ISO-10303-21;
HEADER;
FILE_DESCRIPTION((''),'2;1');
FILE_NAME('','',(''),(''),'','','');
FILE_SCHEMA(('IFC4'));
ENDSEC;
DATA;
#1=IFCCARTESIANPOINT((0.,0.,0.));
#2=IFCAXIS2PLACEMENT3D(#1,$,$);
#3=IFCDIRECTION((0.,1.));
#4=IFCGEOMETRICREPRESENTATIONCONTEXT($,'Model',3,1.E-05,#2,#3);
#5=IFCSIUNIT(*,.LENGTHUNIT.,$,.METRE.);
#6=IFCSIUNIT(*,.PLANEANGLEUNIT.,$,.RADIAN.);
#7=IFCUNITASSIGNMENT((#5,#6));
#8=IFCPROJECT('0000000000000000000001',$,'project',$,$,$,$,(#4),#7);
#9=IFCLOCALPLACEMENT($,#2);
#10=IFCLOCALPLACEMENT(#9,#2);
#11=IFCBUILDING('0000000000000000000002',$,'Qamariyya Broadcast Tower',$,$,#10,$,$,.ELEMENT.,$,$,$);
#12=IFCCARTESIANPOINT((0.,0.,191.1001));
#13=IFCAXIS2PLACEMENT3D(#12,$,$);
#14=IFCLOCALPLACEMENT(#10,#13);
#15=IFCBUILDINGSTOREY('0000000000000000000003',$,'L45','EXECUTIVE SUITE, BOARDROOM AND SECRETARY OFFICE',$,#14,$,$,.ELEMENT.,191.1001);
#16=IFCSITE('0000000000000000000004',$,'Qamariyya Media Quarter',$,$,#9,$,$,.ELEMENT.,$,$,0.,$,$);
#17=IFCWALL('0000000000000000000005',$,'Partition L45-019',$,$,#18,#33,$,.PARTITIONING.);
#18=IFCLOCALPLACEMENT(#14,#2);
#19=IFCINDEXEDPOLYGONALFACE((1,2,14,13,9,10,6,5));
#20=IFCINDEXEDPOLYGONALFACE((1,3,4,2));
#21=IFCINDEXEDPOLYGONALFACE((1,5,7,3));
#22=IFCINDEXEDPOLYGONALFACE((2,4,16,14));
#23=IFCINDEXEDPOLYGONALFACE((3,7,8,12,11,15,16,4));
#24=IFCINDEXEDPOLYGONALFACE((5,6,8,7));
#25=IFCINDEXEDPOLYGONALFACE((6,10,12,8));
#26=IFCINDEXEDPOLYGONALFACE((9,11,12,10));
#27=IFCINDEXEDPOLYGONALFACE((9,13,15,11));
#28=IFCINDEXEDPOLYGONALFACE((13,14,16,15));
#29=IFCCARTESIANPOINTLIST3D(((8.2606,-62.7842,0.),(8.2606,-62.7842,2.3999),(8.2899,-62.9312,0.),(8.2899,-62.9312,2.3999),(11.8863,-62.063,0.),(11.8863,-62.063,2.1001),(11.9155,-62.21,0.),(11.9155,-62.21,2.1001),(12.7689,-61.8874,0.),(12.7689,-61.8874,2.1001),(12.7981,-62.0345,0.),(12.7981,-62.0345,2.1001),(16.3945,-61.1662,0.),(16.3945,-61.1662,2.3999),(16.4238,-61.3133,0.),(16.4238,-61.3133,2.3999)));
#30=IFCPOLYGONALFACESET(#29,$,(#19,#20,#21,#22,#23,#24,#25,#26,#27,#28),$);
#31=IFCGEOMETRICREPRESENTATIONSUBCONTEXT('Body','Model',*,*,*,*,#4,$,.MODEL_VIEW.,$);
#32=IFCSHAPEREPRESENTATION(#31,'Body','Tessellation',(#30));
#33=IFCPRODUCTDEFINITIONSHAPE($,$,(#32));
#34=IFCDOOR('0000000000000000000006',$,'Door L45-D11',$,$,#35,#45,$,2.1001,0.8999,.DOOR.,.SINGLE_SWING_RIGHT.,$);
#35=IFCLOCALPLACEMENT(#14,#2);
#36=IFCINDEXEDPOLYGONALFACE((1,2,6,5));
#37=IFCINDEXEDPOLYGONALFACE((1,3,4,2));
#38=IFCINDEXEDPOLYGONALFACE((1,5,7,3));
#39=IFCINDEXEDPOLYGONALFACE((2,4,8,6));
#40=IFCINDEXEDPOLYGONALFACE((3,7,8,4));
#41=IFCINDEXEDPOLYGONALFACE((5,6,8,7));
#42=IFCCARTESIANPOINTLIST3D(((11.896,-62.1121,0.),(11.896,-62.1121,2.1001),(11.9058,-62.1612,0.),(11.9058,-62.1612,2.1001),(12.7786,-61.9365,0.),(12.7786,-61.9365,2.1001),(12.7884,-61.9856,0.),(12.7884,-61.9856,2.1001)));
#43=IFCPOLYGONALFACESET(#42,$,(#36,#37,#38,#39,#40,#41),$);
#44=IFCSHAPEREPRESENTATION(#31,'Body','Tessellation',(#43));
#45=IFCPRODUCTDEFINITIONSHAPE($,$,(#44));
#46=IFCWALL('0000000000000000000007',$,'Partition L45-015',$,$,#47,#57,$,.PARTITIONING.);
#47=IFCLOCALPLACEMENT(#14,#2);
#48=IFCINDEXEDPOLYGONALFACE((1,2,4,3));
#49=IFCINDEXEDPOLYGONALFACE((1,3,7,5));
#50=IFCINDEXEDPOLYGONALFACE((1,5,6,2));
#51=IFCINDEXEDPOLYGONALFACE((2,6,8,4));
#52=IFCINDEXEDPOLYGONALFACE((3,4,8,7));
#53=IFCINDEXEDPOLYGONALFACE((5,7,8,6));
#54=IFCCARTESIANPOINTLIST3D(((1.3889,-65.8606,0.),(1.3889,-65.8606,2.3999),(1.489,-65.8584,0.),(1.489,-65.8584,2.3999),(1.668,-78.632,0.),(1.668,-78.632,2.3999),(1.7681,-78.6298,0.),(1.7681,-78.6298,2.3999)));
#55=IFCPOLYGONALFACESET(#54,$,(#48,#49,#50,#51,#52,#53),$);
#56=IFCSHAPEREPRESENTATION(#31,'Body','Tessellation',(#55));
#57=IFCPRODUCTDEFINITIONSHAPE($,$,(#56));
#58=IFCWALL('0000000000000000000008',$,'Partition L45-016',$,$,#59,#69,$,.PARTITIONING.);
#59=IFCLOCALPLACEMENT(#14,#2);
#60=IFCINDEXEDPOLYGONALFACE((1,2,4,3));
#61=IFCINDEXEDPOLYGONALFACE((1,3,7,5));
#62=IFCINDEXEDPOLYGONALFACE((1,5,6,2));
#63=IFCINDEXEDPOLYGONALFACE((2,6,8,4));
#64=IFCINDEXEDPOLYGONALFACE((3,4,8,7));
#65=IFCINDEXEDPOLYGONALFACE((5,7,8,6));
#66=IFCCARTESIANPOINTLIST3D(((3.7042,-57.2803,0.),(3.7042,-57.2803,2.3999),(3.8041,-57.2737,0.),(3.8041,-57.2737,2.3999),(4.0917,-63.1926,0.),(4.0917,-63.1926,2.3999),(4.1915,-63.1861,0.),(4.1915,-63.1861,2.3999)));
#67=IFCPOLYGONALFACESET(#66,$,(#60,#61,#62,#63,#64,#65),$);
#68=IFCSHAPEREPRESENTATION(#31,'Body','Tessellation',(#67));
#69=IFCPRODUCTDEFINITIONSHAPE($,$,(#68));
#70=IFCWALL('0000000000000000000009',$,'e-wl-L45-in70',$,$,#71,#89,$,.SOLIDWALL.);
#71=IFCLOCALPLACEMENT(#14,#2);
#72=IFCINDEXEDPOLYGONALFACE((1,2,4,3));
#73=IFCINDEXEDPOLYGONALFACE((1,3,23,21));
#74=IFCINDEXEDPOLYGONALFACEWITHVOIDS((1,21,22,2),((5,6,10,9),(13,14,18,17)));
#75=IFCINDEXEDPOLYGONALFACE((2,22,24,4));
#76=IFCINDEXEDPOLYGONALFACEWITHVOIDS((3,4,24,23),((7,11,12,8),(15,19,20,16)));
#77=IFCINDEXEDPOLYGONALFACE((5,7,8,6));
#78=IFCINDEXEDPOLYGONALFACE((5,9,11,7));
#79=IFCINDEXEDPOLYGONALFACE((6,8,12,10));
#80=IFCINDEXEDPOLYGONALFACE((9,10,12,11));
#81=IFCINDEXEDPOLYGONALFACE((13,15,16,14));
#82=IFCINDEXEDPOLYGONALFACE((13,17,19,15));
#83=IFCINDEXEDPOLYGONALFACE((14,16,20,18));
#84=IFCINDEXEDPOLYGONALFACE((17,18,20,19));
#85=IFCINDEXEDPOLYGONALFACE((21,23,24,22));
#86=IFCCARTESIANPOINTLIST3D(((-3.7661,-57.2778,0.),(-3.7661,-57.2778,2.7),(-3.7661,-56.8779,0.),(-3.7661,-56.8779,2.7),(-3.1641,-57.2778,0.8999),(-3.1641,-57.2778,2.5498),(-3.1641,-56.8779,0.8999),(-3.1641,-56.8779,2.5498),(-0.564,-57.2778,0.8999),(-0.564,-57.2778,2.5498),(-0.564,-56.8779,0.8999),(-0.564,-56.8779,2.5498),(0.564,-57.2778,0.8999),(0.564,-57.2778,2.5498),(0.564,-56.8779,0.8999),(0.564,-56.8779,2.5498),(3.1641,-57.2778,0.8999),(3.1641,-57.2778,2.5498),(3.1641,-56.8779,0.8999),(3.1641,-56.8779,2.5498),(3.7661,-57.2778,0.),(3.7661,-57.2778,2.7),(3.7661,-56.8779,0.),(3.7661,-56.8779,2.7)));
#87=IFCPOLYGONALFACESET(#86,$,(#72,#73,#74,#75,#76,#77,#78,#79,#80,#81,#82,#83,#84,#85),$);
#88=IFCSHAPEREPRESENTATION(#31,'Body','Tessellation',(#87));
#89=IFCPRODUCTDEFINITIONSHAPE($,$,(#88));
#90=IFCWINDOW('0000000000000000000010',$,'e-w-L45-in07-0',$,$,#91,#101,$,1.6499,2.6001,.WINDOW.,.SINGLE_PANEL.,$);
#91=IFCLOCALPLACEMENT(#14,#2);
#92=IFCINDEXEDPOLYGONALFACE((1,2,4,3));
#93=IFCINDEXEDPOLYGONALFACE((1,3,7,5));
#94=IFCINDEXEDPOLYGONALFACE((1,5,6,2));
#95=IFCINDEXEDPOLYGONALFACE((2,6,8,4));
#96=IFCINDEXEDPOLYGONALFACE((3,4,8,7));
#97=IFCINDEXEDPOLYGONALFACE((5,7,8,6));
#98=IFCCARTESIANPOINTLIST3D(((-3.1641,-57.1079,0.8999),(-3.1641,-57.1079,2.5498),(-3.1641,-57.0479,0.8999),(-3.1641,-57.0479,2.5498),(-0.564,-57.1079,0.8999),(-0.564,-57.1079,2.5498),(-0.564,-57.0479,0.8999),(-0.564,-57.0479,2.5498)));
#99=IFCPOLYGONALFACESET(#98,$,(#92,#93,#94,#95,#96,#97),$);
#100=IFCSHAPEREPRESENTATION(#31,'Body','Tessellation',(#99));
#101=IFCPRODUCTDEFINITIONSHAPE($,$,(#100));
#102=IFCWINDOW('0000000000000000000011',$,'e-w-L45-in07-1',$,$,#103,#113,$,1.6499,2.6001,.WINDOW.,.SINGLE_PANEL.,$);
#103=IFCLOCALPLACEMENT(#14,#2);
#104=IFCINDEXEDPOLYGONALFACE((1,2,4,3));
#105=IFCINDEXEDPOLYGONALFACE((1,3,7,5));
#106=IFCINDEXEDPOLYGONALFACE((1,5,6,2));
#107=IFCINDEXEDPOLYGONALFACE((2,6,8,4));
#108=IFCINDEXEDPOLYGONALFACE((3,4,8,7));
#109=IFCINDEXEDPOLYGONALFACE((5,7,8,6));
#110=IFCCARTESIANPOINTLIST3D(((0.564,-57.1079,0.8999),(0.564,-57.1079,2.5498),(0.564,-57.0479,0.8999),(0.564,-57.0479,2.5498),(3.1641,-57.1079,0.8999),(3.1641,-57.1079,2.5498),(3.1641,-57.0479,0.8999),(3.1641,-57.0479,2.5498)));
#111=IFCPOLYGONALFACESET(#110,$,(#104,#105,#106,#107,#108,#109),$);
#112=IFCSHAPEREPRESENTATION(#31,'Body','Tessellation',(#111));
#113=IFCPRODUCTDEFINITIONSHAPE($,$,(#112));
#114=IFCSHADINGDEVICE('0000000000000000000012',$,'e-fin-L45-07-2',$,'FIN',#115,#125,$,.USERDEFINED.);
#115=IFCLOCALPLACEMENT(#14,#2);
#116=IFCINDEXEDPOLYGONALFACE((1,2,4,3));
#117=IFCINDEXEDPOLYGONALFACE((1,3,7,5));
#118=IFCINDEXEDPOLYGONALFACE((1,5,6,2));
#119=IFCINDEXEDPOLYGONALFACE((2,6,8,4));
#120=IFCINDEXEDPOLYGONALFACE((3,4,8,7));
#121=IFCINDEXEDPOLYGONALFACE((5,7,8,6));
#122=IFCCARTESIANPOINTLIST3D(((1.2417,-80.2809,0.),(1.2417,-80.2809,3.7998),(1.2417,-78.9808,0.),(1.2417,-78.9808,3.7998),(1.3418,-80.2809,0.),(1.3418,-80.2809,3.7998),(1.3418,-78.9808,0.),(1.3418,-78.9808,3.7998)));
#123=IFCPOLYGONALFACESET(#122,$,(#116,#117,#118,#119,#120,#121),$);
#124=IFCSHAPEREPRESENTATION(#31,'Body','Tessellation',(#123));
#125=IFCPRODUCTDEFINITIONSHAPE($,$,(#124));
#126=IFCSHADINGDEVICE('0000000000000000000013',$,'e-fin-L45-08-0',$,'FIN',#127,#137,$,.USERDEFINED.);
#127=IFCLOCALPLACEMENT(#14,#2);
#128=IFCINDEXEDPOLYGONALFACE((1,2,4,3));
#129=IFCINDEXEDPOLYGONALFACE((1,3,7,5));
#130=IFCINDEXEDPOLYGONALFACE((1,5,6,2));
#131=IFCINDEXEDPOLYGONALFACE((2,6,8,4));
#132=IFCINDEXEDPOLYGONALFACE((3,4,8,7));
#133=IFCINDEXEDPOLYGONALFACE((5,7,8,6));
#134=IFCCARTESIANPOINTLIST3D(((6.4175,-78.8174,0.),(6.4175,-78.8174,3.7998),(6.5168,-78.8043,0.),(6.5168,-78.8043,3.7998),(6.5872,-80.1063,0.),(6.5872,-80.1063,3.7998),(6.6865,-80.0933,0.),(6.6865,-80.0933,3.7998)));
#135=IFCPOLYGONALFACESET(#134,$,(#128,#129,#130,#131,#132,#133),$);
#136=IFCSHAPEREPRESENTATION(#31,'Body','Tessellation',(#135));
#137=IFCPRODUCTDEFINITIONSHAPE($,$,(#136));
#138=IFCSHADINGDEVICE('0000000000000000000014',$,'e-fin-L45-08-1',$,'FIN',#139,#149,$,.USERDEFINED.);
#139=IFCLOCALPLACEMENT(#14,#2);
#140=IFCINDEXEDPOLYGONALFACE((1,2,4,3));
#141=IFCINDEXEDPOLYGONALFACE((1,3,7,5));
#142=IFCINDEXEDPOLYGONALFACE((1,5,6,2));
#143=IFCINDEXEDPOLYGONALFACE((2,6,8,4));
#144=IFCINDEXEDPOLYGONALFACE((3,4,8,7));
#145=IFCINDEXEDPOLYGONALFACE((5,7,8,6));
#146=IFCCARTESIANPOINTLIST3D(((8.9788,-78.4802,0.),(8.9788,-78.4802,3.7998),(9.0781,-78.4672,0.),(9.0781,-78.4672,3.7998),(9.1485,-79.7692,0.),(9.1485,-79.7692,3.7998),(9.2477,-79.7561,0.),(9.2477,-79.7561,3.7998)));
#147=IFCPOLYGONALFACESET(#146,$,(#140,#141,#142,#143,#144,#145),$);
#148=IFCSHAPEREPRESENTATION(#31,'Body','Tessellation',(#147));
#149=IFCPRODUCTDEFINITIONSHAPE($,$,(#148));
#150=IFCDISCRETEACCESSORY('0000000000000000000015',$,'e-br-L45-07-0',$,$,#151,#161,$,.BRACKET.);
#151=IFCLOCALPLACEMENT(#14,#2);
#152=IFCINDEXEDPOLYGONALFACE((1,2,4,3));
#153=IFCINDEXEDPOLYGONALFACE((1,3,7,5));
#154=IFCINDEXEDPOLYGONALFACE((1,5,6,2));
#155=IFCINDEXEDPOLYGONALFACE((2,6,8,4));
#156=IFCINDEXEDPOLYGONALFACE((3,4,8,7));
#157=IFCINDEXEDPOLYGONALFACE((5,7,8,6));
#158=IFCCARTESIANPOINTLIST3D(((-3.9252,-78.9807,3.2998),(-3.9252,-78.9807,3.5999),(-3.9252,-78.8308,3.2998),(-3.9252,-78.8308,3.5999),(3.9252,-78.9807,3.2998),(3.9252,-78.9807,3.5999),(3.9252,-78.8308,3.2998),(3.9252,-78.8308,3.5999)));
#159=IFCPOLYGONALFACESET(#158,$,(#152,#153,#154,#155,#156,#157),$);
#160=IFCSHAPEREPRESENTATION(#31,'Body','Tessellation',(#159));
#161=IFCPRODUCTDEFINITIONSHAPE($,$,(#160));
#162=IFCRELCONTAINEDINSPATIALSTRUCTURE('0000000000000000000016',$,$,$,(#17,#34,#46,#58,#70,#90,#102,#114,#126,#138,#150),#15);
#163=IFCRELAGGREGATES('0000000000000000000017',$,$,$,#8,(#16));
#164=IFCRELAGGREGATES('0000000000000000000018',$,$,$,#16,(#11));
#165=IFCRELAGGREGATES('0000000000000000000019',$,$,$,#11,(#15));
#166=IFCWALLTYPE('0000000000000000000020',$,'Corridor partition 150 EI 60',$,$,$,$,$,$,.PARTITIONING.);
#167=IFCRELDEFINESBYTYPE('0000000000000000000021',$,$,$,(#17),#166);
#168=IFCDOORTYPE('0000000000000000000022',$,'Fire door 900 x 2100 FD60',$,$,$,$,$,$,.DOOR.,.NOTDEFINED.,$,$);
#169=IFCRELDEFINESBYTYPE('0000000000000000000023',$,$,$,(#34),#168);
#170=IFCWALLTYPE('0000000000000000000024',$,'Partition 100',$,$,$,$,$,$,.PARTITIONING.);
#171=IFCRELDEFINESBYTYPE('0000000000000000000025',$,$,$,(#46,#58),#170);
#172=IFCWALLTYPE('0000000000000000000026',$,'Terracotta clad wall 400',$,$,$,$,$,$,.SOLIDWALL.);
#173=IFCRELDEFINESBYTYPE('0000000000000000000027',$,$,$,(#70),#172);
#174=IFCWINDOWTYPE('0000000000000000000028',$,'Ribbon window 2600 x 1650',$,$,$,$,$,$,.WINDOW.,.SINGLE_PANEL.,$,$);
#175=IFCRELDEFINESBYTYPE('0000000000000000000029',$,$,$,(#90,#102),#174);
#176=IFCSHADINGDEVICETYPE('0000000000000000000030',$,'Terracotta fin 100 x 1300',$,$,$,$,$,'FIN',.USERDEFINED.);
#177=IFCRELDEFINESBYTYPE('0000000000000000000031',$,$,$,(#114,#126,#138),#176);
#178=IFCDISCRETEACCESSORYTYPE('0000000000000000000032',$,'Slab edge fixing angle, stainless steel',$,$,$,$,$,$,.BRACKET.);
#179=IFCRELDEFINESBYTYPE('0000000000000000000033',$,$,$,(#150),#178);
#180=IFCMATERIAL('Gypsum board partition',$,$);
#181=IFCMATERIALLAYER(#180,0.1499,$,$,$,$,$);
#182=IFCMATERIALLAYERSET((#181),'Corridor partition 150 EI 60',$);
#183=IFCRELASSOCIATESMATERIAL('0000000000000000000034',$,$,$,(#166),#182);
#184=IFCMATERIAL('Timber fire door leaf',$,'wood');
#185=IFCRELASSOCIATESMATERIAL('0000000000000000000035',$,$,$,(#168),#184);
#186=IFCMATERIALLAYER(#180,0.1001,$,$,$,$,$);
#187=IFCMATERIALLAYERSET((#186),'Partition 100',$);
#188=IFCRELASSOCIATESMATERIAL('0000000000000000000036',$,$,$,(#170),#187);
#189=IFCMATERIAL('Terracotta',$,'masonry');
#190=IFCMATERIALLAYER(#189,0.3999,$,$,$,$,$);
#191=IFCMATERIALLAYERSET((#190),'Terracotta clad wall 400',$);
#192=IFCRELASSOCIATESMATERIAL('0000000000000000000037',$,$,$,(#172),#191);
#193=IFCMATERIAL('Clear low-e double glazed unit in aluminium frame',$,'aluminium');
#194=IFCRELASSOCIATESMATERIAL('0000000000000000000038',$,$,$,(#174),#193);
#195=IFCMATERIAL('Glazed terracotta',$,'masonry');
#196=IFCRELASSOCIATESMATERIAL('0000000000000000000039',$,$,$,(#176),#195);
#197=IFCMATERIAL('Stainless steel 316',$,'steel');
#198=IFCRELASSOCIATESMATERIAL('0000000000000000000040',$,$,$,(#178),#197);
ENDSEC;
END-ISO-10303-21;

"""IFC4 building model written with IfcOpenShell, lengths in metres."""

from ifc_helpers import new_model, si_unit, direction, frame, frame_2d, origin, origin_2d, place, context, subcontext, project, spatial, rectangle, extrude, material, layer, layer_set, material_profile, profile_set, type_object, element, fill, save


model = new_model("IFC4")

# Units and contexts
model_context = context("Model", 3, precision=1e-05, world=origin(), true_north=direction((0.0, 1.0)))
body_context = subcontext(model_context, "Body", "Model", "MODEL_VIEW")
ifc_project = project(units=[si_unit("LENGTHUNIT", "METRE"), si_unit("PLANEANGLEUNIT", "RADIAN")], contexts=[model_context])

# Site, building, storey
site_placement = place(None, origin())
site = spatial("IfcSite", under=ifc_project, at=site_placement, Name="Qamariyya Media Quarter", CompositionType="ELEMENT", RefElevation=0.0)
building_placement = place(site_placement, origin())
building = spatial("IfcBuilding", under=site, at=building_placement, Name="Qamariyya Broadcast Tower", CompositionType="ELEMENT")
storey_placement = place(building_placement, frame((0.0, 0.0, 191.1001)))
storey = spatial("IfcBuildingStorey", under=building, at=storey_placement, Name="L45", Description="EXECUTIVE SUITE, BOARDROOM AND SECRETARY OFFICE", CompositionType="ELEMENT", Elevation=191.1001)

# Wall, opening, door
ifc_material_1 = material(Name="Gypsum board partition")
ifc_layer_1 = layer(ifc_material_1, 0.1499)
ifc_layer_set_1 = layer_set([ifc_layer_1], Name="Corridor partition 150 EI 60")
wall_type_1 = type_object("IfcWallType", Name="Corridor partition 150 EI 60", PredefinedType="PARTITIONING", material=ifc_layer_set_1)
ifc_material_2 = material(Name="Timber fire door leaf", Category="wood")
door_type_1 = type_object("IfcDoorType", Name="Fire door 900 x 2100 FD60", OperationType="NOTDEFINED", PredefinedType="DOOR", material=ifc_material_2)
wall_1_placement = place(storey_placement, frame((8.2754, -62.8577, 0.0), z_axis=(0.0, 0.0, 1.0), x_axis=(0.980785, 0.195091, 0.0)))
wall_1 = element("IfcWall", 1, at=wall_1_placement, inside=storey, type_object=wall_type_1, Name="Partition L45-019", PredefinedType="PARTITIONING", context=body_context, shape_type="SweptSolid", body=[
    extrude(rectangle(XDim=8.2932, YDim=0.1499, at=frame_2d((4.1465, 0.0))), origin(), (0.0, 0.0, 1.0), 2.3999),
])
opening_1_placement = place(wall_1_placement, frame((3.6965, 0.0, 0.0)))
opening_1 = element("IfcOpeningElement", 2, at=opening_1_placement, cuts=wall_1, PredefinedType="OPENING", context=body_context, shape_type="SweptSolid", body=[
    extrude(rectangle(XDim=0.8999, YDim=2.1001, at=frame_2d((0.45, 1.05))), frame((0.0, 0.085, 0.0), z_axis=(0.0, -1.0, 0.0), x_axis=(1.0, 0.0, 0.0)), (0.0, 0.0, 1.0), 0.1699),
])
door_1_placement = place(opening_1_placement, origin())
door_1 = element("IfcDoor", 3, at=door_1_placement, inside=storey, type_object=door_type_1, Name="Door L45-D11", OperationType="SINGLE_SWING_RIGHT", OverallHeight=2.1001, OverallWidth=0.8999, PredefinedType="DOOR", context=body_context, shape_type="SweptSolid", body=[
    extrude(rectangle(XDim=0.8999, YDim=2.1001, at=frame_2d((0.45, 1.05))), frame((0.0, 0.0249, 0.0), z_axis=(0.0, -1.0, 0.0), x_axis=(1.0, 0.0, 0.0)), (0.0, 0.0, 1.0), 0.05),
])
fill(opening_1, door_1)

# Walls
ifc_layer_2 = layer(ifc_material_1, 0.1001)
ifc_layer_set_2 = layer_set([ifc_layer_2], Name="Partition 100")
wall_type_2 = type_object("IfcWallType", Name="Partition 100", PredefinedType="PARTITIONING", material=ifc_layer_set_2)
wall_2_placement = place(storey_placement, frame((1.718, -78.6309, 0.0), z_axis=(0.0, 0.0, 1.0), x_axis=(-0.021844, 0.999761, 0.0)))
element("IfcWall", 4, at=wall_2_placement, inside=storey, type_object=wall_type_2, Name="Partition L45-015", PredefinedType="PARTITIONING", context=body_context, shape_type="SweptSolid", body=[
    extrude(rectangle(XDim=12.7744, YDim=0.1001, at=frame_2d((6.3872, 0.0))), origin(), (0.0, 0.0, 1.0), 2.3999),
])
wall_3_placement = place(storey_placement, frame((3.7542, -57.2771, 0.0), z_axis=(0.0, 0.0, 1.0), x_axis=(0.065392, -0.99786, 0.0)))
element("IfcWall", 5, at=wall_3_placement, inside=storey, type_object=wall_type_2, Name="Partition L45-016", PredefinedType="PARTITIONING", context=body_context, shape_type="SweptSolid", body=[
    extrude(rectangle(XDim=5.925, YDim=0.1001, at=frame_2d((2.9624, 0.0))), origin(), (0.0, 0.0, 1.0), 2.3999),
])

# Wall, openings, windows
ifc_material_3 = material(Name="Terracotta", Category="masonry")
ifc_layer_3 = layer(ifc_material_3, 0.3999)
ifc_layer_set_3 = layer_set([ifc_layer_3], Name="Terracotta clad wall 400")
wall_type_3 = type_object("IfcWallType", Name="Terracotta clad wall 400", PredefinedType="SOLIDWALL", material=ifc_layer_set_3)
wall_4_placement = place(storey_placement, frame((3.7661, -57.0779, 0.0), z_axis=(0.0, 0.0, 1.0), x_axis=(-1.0, 0.0, 0.0)))
wall_4 = element("IfcWall", 6, at=wall_4_placement, inside=storey, type_object=wall_type_3, Name="e-wl-L45-in70", PredefinedType="SOLIDWALL", context=body_context, shape_type="SweptSolid", body=[
    extrude(rectangle(XDim=7.5322, YDim=0.3999, at=frame_2d((3.7661, 0.0))), origin(), (0.0, 0.0, 1.0), 2.7),
])
opening_2_placement = place(wall_4_placement, frame((4.3301, 0.0, 0.8999)))
opening_2 = element("IfcOpeningElement", 7, at=opening_2_placement, cuts=wall_4, PredefinedType="OPENING", context=body_context, shape_type="SweptSolid", body=[
    extrude(rectangle(XDim=2.6001, YDim=1.6499, at=frame_2d((1.3, 0.825))), frame((0.0, 0.21, 0.0), z_axis=(0.0, -1.0, 0.0), x_axis=(1.0, 0.0, 0.0)), (0.0, 0.0, 1.0), 0.4199),
])
opening_3_placement = place(wall_4_placement, frame((0.6021, 0.0, 0.8999)))
opening_3 = element("IfcOpeningElement", 8, at=opening_3_placement, cuts=wall_4, PredefinedType="OPENING", context=body_context, shape_type="SweptSolid", body=[
    extrude(rectangle(XDim=2.6001, YDim=1.6499, at=frame_2d((1.3, 0.825))), frame((0.0, 0.21, 0.0), z_axis=(0.0, -1.0, 0.0), x_axis=(1.0, 0.0, 0.0)), (0.0, 0.0, 1.0), 0.4199),
])
ifc_material_4 = material(Name="Clear low-e double glazed unit in aluminium frame", Category="aluminium")
window_type = type_object("IfcWindowType", Name="Ribbon window 2600 x 1650", PartitioningType="SINGLE_PANEL", PredefinedType="WINDOW", material=ifc_material_4)
window_1_placement = place(opening_2_placement, origin())
window_1 = element("IfcWindow", 9, at=window_1_placement, inside=storey, type_object=window_type, Name="e-w-L45-in07-0", OverallHeight=1.6499, OverallWidth=2.6001, PartitioningType="SINGLE_PANEL", PredefinedType="WINDOW", context=body_context, shape_type="SweptSolid", body=[
    extrude(rectangle(XDim=2.6001, YDim=1.6499, at=frame_2d((1.3, 0.825))), frame((0.0, 0.03, 0.0), z_axis=(0.0, -1.0, 0.0), x_axis=(1.0, 0.0, 0.0)), (0.0, 0.0, 1.0), 0.0601),
])
fill(opening_2, window_1)
window_2_placement = place(opening_3_placement, origin())
window_2 = element("IfcWindow", 10, at=window_2_placement, inside=storey, type_object=window_type, Name="e-w-L45-in07-1", OverallHeight=1.6499, OverallWidth=2.6001, PartitioningType="SINGLE_PANEL", PredefinedType="WINDOW", context=body_context, shape_type="SweptSolid", body=[
    extrude(rectangle(XDim=2.6001, YDim=1.6499, at=frame_2d((1.3, 0.825))), frame((0.0, 0.03, 0.0), z_axis=(0.0, -1.0, 0.0), x_axis=(1.0, 0.0, 0.0)), (0.0, 0.0, 1.0), 0.0601),
])
fill(opening_3, window_2)

# Shading devices
ifc_material_5 = material(Name="Glazed terracotta", Category="masonry")
ifc_material_profile_1 = material_profile(ifc_material_5, rectangle(XDim=1.3, YDim=0.1001, at=origin_2d()))
ifc_profile_set_1 = profile_set([ifc_material_profile_1], Name="Glazed terracotta")
shading_device_type_1 = type_object("IfcShadingDeviceType", Name="Terracotta fin 100 x 1300", ElementType="FIN", PredefinedType="USERDEFINED", material=ifc_profile_set_1)
for number, where, z_axis, x_axis, name in (
    (11, (1.2917, -79.6309, 0.0), (0.0, 0.0, 1.0), (0.0, -1.0, 0.0), "e-fin-L45-07-2"),
    (12, (6.552, -79.4553, 0.0), (0.0, 0.0, 1.0), (0.130526, -0.991445, 0.0), "e-fin-L45-08-0"),
    (13, (9.1133, -79.1182, 0.0), (0.0, 0.0, 1.0), (0.130526, -0.991445, 0.0), "e-fin-L45-08-1"),
):
    element("IfcShadingDevice", number, at=place(storey_placement, frame(where, z_axis=z_axis, x_axis=x_axis)), inside=storey, type_object=shading_device_type_1, Name=name, ObjectType="FIN", PredefinedType="USERDEFINED", context=body_context, shape_type="SweptSolid", body=[
        extrude(rectangle(XDim=1.3, YDim=0.1001, at=origin_2d()), origin(), (0.0, 0.0, 1.0), 3.7998),
    ])

# Discrete accessory
ifc_material_6 = material(Name="Stainless steel 316", Category="steel")
discrete_accessory_type = type_object("IfcDiscreteAccessoryType", Name="Slab edge fixing angle, stainless steel", PredefinedType="BRACKET", material=ifc_material_6)
discrete_accessory_placement = place(storey_placement, frame((0.0, -78.9058, 3.2998), z_axis=(0.0, 0.0, 1.0), x_axis=(1.0, 0.0, 0.0)))
element("IfcDiscreteAccessory", 14, at=discrete_accessory_placement, inside=storey, type_object=discrete_accessory_type, Name="e-br-L45-07-0", PredefinedType="BRACKET", context=body_context, shape_type="SweptSolid", body=[
    extrude(rectangle(XDim=7.8503, YDim=0.1499, at=origin_2d()), origin(), (0.0, 0.0, 1.0), 0.3),
])

save(model, "model.ifc")
